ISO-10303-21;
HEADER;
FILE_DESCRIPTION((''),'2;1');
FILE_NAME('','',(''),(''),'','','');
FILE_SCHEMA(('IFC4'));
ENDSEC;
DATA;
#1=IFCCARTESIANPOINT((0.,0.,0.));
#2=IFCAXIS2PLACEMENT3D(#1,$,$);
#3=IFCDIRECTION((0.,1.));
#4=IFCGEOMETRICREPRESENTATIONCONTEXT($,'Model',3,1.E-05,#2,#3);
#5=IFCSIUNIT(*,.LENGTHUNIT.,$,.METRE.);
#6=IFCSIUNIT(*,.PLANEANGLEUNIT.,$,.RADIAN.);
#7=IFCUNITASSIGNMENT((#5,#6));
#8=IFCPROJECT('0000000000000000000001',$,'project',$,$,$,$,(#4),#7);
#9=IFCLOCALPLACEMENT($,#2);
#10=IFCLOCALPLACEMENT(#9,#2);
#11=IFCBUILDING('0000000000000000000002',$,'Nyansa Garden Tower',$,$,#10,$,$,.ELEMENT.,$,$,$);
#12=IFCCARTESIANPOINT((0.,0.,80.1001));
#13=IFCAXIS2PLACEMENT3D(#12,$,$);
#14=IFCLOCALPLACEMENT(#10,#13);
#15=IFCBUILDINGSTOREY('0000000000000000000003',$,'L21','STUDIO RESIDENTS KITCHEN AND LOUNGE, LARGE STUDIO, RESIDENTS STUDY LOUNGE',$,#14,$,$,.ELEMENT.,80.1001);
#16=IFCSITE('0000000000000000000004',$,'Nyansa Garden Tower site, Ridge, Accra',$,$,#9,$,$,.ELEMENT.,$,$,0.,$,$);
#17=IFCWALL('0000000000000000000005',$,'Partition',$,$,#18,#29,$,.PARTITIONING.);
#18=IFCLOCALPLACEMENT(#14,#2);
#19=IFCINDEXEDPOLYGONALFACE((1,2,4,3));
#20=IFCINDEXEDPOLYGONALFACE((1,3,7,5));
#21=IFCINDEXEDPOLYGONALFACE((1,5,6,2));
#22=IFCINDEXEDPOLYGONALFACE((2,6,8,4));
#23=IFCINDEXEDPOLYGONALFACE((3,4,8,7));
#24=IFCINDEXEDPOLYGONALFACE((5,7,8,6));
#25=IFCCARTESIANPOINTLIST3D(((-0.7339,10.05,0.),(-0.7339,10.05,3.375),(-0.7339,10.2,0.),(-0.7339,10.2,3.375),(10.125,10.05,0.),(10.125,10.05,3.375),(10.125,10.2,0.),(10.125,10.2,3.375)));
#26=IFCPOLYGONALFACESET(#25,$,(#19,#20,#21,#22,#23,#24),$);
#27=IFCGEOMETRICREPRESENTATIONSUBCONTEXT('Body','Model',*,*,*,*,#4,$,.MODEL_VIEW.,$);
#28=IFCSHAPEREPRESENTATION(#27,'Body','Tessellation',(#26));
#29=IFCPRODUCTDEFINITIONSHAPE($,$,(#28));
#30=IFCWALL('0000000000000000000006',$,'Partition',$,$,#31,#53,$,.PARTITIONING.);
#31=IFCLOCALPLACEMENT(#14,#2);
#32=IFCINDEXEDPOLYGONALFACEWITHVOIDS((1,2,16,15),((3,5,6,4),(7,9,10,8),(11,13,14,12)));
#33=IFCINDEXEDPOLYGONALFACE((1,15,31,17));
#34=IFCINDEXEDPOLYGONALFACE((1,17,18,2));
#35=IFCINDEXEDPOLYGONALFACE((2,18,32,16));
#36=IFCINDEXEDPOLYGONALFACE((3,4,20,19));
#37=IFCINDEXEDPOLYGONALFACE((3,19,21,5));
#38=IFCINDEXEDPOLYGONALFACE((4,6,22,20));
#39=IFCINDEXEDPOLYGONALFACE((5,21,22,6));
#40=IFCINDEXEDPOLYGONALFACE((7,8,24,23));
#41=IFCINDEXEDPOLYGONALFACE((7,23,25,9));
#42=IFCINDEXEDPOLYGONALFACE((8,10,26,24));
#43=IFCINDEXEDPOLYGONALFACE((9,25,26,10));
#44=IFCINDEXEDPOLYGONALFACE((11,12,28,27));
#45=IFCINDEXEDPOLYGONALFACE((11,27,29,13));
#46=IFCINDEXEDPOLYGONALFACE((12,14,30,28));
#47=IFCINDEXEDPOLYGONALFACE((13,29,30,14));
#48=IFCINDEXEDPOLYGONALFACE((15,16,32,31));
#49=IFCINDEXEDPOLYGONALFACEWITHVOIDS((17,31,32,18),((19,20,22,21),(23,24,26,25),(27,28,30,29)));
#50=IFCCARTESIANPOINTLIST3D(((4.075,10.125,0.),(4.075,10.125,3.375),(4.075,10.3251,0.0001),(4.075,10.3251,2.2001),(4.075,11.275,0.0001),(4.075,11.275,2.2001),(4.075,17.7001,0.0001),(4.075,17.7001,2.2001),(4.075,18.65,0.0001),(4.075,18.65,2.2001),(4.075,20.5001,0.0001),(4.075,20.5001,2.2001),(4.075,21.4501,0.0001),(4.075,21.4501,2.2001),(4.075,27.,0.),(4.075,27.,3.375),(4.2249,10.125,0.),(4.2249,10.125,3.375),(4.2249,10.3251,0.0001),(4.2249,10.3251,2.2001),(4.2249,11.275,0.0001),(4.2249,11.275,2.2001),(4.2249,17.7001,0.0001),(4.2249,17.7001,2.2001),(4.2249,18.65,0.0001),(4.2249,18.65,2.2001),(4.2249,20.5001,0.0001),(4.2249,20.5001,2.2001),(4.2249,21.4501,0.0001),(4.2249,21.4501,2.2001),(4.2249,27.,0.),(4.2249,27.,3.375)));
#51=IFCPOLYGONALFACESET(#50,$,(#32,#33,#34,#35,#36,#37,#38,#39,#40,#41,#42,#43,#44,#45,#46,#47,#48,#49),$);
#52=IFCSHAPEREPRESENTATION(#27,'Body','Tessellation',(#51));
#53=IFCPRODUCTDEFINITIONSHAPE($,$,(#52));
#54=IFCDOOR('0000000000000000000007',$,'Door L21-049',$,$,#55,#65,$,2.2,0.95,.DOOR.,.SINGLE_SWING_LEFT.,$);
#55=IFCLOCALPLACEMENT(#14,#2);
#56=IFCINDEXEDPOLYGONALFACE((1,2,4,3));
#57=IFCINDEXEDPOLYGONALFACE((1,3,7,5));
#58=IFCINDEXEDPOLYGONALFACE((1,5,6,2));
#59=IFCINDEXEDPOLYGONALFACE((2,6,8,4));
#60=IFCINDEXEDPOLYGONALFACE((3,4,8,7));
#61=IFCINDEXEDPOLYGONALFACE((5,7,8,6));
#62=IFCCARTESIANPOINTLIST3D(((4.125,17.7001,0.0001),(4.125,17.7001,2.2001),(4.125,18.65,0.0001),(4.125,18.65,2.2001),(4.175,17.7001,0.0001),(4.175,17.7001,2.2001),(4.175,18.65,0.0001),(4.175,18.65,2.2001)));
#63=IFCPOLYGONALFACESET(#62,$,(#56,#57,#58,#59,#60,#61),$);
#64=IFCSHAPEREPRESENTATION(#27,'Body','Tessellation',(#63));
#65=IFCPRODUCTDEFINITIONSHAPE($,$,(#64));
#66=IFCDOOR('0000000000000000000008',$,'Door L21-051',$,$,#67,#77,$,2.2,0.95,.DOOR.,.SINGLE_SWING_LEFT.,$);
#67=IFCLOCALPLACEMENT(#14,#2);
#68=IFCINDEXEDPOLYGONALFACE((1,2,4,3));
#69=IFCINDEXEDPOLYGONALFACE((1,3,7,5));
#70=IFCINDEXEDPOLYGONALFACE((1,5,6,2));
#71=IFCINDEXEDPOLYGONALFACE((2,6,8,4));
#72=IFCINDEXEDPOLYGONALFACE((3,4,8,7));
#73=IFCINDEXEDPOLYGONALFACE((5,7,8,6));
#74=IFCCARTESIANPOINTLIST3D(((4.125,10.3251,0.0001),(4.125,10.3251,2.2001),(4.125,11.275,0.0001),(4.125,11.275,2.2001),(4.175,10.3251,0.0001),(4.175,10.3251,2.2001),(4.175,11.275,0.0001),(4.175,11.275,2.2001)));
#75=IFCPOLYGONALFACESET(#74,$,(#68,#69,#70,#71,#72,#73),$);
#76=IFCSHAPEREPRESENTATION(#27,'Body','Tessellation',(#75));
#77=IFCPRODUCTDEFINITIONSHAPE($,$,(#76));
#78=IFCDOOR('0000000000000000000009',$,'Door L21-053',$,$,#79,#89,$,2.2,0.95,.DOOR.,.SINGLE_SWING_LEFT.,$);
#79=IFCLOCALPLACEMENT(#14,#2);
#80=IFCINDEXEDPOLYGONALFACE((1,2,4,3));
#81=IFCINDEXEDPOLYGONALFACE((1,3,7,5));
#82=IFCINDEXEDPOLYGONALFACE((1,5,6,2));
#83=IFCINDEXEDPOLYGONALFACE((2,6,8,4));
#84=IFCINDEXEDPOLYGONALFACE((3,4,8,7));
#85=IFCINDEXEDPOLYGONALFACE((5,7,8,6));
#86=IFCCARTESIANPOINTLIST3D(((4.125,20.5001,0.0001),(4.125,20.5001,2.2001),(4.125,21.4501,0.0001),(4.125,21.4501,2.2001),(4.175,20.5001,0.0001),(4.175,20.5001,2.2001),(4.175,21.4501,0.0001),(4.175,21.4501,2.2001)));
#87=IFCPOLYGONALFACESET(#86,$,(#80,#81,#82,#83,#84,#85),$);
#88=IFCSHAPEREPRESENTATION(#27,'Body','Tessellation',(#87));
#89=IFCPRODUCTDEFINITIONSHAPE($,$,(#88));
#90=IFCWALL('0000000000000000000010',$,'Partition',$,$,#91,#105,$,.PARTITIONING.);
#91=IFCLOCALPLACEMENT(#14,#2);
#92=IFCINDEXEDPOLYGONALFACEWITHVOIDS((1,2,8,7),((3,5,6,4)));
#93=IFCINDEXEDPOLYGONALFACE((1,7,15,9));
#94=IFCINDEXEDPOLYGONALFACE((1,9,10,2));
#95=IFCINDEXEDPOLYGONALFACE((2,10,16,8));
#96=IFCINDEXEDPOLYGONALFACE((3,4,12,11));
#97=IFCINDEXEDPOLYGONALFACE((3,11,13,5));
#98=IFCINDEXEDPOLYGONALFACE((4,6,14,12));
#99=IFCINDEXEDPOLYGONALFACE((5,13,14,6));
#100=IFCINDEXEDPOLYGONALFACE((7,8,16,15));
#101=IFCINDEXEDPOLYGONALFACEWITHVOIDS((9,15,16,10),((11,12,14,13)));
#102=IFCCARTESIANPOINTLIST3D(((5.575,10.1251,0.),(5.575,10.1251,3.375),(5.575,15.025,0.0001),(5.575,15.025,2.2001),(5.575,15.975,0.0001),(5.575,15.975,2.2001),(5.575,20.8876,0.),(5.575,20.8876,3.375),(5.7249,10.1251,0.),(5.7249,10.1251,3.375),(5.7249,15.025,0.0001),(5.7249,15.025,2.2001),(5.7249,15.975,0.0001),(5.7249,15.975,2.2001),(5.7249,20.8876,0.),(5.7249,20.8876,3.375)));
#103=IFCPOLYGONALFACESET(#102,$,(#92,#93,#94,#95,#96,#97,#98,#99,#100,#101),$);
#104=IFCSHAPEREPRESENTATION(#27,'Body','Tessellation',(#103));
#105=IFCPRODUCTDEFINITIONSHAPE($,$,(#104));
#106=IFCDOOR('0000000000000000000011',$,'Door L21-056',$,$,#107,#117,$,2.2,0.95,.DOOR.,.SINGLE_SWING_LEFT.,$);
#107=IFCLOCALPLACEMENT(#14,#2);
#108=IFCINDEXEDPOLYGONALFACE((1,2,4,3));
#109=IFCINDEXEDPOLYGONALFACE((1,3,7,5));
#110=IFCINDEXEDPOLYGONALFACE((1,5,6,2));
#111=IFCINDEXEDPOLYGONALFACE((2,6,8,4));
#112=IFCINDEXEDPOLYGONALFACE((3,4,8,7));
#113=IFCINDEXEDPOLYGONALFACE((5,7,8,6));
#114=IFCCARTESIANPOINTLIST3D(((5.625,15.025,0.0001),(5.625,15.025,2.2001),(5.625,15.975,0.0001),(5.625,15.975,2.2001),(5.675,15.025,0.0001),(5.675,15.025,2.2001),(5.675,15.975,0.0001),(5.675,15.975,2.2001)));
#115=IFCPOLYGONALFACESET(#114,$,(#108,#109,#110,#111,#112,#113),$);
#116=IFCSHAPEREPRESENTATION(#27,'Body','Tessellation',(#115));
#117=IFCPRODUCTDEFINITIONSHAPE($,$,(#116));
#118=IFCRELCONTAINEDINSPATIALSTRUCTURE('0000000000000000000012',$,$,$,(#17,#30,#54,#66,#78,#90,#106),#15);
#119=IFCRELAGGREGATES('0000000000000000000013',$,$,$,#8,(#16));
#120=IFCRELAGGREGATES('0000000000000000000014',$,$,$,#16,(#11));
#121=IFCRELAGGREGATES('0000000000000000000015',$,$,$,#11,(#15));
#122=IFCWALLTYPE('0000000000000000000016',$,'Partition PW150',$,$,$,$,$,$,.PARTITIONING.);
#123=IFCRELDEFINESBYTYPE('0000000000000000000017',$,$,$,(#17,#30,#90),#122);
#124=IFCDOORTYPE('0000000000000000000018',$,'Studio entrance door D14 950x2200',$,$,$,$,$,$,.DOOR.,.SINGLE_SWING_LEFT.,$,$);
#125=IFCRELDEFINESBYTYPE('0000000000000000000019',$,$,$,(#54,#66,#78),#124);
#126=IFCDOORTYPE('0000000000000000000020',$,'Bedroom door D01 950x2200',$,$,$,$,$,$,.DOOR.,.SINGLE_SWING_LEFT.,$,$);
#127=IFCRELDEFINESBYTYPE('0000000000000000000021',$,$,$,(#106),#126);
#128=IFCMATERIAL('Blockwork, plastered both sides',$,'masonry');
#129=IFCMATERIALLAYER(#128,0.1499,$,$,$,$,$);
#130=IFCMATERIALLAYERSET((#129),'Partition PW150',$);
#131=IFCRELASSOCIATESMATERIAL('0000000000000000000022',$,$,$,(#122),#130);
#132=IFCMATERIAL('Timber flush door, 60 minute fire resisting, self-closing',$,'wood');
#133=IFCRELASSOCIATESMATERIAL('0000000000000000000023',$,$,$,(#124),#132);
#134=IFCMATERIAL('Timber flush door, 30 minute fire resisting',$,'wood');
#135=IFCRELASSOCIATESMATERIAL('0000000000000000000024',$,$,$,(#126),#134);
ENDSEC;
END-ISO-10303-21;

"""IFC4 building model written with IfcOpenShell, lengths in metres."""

from ifc_helpers import new_model, si_unit, direction, frame, frame_2d, origin, place, context, subcontext, project, spatial, rectangle, extrude, material, layer, layer_set, type_object, element, fill, save


model = new_model("IFC4")

# Units and contexts
model_context = context("Model", 3, precision=1e-05, world=origin(), true_north=direction((0.0, 1.0)))
body_context = subcontext(model_context, "Body", "Model", "MODEL_VIEW")
ifc_project = project(units=[si_unit("LENGTHUNIT", "METRE"), si_unit("PLANEANGLEUNIT", "RADIAN")], contexts=[model_context])

# Site, building, storey
site_placement = place(None, origin())
site = spatial("IfcSite", under=ifc_project, at=site_placement, Name="Nyansa Garden Tower site, Ridge, Accra", CompositionType="ELEMENT", RefElevation=0.0)
building_placement = place(site_placement, origin())
building = spatial("IfcBuilding", under=site, at=building_placement, Name="Nyansa Garden Tower", CompositionType="ELEMENT")
storey_placement = place(building_placement, frame((0.0, 0.0, 80.1001)))
storey = spatial("IfcBuildingStorey", under=building, at=storey_placement, Name="L21", Description="STUDIO RESIDENTS KITCHEN AND LOUNGE, LARGE STUDIO, RESIDENTS STUDY LOUNGE", CompositionType="ELEMENT", Elevation=80.1001)

# Wall
ifc_material_1 = material(Name="Blockwork, plastered both sides", Category="masonry")
ifc_layer_1 = layer(ifc_material_1, 0.1499)
ifc_layer_set_1 = layer_set([ifc_layer_1], Name="Partition PW150")
wall_type = type_object("IfcWallType", Name="Partition PW150", PredefinedType="PARTITIONING", material=ifc_layer_set_1)
wall_1_placement = place(storey_placement, frame((-0.7339, 10.125, 0.0), z_axis=(0.0, 0.0, 1.0), x_axis=(1.0, 0.0, 0.0)))
element("IfcWall", 1, at=wall_1_placement, inside=storey, type_object=wall_type, Name="Partition", PredefinedType="PARTITIONING", context=body_context, shape_type="SweptSolid", body=[
    extrude(rectangle(XDim=10.8589, YDim=0.1499, at=frame_2d((5.4294, 0.0))), origin(), (0.0, 0.0, 1.0), 3.375),
])

# Wall, openings, doors
wall_2_placement = place(storey_placement, frame((4.1499, 10.125, 0.0), z_axis=(0.0, 0.0, 1.0), x_axis=(0.0, 1.0, 0.0)))
wall_2 = element("IfcWall", 2, at=wall_2_placement, inside=storey, type_object=wall_type, Name="Partition", PredefinedType="PARTITIONING", context=body_context, shape_type="SweptSolid", body=[
    extrude(rectangle(XDim=16.875, YDim=0.1499, at=frame_2d((8.4375, 0.0))), origin(), (0.0, 0.0, 1.0), 3.375),
])
opening_1_placement = place(wall_2_placement, frame((7.575, 0.0, 0.0)))
opening_1 = element("IfcOpeningElement", 3, at=opening_1_placement, cuts=wall_2, PredefinedType="OPENING", context=body_context, shape_type="SweptSolid", body=[
    extrude(rectangle(XDim=0.95, YDim=2.2, at=frame_2d((0.4751, 1.1001))), frame((0.0, 0.085, 0.0), z_axis=(0.0, -1.0, 0.0), x_axis=(1.0, 0.0, 0.0)), (0.0, 0.0, 1.0), 0.1699),
])
opening_2_placement = place(wall_2_placement, frame((0.2, 0.0, 0.0)))
opening_2 = element("IfcOpeningElement", 4, at=opening_2_placement, cuts=wall_2, PredefinedType="OPENING", context=body_context, shape_type="SweptSolid", body=[
    extrude(rectangle(XDim=0.95, YDim=2.2, at=frame_2d((0.4751, 1.1001))), frame((0.0, 0.085, 0.0), z_axis=(0.0, -1.0, 0.0), x_axis=(1.0, 0.0, 0.0)), (0.0, 0.0, 1.0), 0.1699),
])
opening_3_placement = place(wall_2_placement, frame((10.375, 0.0, 0.0)))
opening_3 = element("IfcOpeningElement", 5, at=opening_3_placement, cuts=wall_2, PredefinedType="OPENING", context=body_context, shape_type="SweptSolid", body=[
    extrude(rectangle(XDim=0.95, YDim=2.2, at=frame_2d((0.4751, 1.1001))), frame((0.0, 0.085, 0.0), z_axis=(0.0, -1.0, 0.0), x_axis=(1.0, 0.0, 0.0)), (0.0, 0.0, 1.0), 0.1699),
])
ifc_material_2 = material(Name="Timber flush door, 60 minute fire resisting, self-closing", Category="wood")
door_type_1 = type_object("IfcDoorType", Name="Studio entrance door D14 950x2200", OperationType="SINGLE_SWING_LEFT", PredefinedType="DOOR", material=ifc_material_2)
door_1_placement = place(opening_1_placement, origin())
door_1 = element("IfcDoor", 6, at=door_1_placement, inside=storey, type_object=door_type_1, Name="Door L21-049", OperationType="SINGLE_SWING_LEFT", OverallHeight=2.2, OverallWidth=0.95, PredefinedType="DOOR", context=body_context, shape_type="SweptSolid", body=[
    extrude(rectangle(XDim=0.95, YDim=2.2, at=frame_2d((0.4751, 1.1001))), frame((0.0, 0.0249, 0.0), z_axis=(0.0, -1.0, 0.0), x_axis=(1.0, 0.0, 0.0)), (0.0, 0.0, 1.0), 0.05),
])
fill(opening_1, door_1)
door_2_placement = place(opening_2_placement, origin())
door_2 = element("IfcDoor", 7, at=door_2_placement, inside=storey, type_object=door_type_1, Name="Door L21-051", OperationType="SINGLE_SWING_LEFT", OverallHeight=2.2, OverallWidth=0.95, PredefinedType="DOOR", context=body_context, shape_type="SweptSolid", body=[
    extrude(rectangle(XDim=0.95, YDim=2.2, at=frame_2d((0.4751, 1.1001))), frame((0.0, 0.0249, 0.0), z_axis=(0.0, -1.0, 0.0), x_axis=(1.0, 0.0, 0.0)), (0.0, 0.0, 1.0), 0.05),
])
fill(opening_2, door_2)
door_3_placement = place(opening_3_placement, origin())
door_3 = element("IfcDoor", 8, at=door_3_placement, inside=storey, type_object=door_type_1, Name="Door L21-053", OperationType="SINGLE_SWING_LEFT", OverallHeight=2.2, OverallWidth=0.95, PredefinedType="DOOR", context=body_context, shape_type="SweptSolid", body=[
    extrude(rectangle(XDim=0.95, YDim=2.2, at=frame_2d((0.4751, 1.1001))), frame((0.0, 0.0249, 0.0), z_axis=(0.0, -1.0, 0.0), x_axis=(1.0, 0.0, 0.0)), (0.0, 0.0, 1.0), 0.05),
])
fill(opening_3, door_3)

# Wall, opening, door
wall_3_placement = place(storey_placement, frame((5.6499, 10.125, 0.0), z_axis=(0.0, 0.0, 1.0), x_axis=(0.0, 1.0, 0.0)))
wall_3 = element("IfcWall", 9, at=wall_3_placement, inside=storey, type_object=wall_type, Name="Partition", PredefinedType="PARTITIONING", context=body_context, shape_type="SweptSolid", body=[
    extrude(rectangle(XDim=10.7625, YDim=0.1499, at=frame_2d((5.3813, 0.0))), origin(), (0.0, 0.0, 1.0), 3.375),
])
opening_4_placement = place(wall_3_placement, frame((4.8999, 0.0, 0.0)))
opening_4 = element("IfcOpeningElement", 10, at=opening_4_placement, cuts=wall_3, PredefinedType="OPENING", context=body_context, shape_type="SweptSolid", body=[
    extrude(rectangle(XDim=0.95, YDim=2.2, at=frame_2d((0.4751, 1.1001))), frame((0.0, 0.085, 0.0), z_axis=(0.0, -1.0, 0.0), x_axis=(1.0, 0.0, 0.0)), (0.0, 0.0, 1.0), 0.1699),
])
ifc_material_3 = material(Name="Timber flush door, 30 minute fire resisting", Category="wood")
door_type_2 = type_object("IfcDoorType", Name="Bedroom door D01 950x2200", OperationType="SINGLE_SWING_LEFT", PredefinedType="DOOR", material=ifc_material_3)
door_4_placement = place(opening_4_placement, origin())
door_4 = element("IfcDoor", 11, at=door_4_placement, inside=storey, type_object=door_type_2, Name="Door L21-056", OperationType="SINGLE_SWING_LEFT", OverallHeight=2.2, OverallWidth=0.95, PredefinedType="DOOR", context=body_context, shape_type="SweptSolid", body=[
    extrude(rectangle(XDim=0.95, YDim=2.2, at=frame_2d((0.4751, 1.1001))), frame((0.0, 0.0249, 0.0), z_axis=(0.0, -1.0, 0.0), x_axis=(1.0, 0.0, 0.0)), (0.0, 0.0, 1.0), 0.05),
])
fill(opening_4, door_4)

save(model, "model.ifc")
